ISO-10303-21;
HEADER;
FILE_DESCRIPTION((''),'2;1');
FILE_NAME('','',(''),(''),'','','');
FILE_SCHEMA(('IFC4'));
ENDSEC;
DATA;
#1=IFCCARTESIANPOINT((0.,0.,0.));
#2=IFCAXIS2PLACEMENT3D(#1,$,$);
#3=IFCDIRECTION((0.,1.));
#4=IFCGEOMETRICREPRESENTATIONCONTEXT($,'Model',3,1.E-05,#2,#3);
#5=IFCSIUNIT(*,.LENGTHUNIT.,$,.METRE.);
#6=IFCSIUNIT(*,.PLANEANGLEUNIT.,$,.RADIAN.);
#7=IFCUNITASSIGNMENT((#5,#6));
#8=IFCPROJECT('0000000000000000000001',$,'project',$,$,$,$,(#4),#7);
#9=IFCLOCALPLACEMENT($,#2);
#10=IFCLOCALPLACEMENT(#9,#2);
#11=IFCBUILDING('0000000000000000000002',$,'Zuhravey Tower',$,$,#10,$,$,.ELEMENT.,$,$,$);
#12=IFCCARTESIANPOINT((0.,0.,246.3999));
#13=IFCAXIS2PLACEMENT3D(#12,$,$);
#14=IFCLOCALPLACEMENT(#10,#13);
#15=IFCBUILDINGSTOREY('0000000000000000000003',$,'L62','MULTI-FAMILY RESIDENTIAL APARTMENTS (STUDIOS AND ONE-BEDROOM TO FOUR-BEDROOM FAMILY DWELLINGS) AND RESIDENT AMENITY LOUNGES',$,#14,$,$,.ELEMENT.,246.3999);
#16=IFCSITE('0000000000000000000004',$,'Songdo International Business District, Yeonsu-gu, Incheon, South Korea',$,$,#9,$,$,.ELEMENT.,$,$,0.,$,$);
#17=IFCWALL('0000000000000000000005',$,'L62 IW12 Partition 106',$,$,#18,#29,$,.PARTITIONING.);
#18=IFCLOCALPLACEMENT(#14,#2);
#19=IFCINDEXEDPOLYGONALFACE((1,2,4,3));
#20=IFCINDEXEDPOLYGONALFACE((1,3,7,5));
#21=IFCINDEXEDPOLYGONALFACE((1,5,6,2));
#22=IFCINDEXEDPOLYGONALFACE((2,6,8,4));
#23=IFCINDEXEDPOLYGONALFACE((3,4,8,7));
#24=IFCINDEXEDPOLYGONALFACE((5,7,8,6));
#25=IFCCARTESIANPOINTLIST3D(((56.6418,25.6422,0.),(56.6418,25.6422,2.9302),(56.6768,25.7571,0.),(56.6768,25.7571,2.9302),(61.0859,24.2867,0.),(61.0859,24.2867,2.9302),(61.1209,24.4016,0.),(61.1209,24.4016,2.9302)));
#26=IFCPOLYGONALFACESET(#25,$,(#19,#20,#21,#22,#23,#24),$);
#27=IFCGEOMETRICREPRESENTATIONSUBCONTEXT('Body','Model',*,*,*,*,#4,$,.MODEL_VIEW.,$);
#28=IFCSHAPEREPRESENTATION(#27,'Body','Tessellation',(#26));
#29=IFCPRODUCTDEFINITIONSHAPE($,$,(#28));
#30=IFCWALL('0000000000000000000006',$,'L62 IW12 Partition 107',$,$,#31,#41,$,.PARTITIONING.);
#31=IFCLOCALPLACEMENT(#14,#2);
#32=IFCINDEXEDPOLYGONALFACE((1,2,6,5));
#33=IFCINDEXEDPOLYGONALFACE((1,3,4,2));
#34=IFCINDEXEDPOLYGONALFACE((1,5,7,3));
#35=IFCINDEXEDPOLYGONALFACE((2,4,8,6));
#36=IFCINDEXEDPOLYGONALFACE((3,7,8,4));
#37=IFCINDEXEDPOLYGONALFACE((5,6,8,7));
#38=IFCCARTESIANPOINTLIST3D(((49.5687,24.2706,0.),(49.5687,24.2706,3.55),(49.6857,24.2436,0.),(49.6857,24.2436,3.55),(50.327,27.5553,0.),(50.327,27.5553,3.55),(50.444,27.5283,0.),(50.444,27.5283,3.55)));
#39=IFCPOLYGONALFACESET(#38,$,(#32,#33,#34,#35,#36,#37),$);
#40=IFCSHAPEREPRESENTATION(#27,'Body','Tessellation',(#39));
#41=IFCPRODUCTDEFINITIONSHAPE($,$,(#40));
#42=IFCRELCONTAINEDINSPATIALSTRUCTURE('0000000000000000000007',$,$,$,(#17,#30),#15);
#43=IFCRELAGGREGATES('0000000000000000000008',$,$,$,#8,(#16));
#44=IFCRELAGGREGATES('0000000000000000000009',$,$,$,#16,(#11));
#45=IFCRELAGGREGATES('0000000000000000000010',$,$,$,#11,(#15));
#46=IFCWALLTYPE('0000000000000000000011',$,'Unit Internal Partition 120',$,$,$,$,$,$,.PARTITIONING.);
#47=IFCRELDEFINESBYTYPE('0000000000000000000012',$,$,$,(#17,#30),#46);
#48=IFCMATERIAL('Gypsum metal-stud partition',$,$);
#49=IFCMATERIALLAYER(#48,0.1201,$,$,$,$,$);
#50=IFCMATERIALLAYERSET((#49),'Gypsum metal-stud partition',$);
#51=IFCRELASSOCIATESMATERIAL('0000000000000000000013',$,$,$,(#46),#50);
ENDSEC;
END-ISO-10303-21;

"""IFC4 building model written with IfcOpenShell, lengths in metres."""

from ifc_helpers import new_model, si_unit, direction, frame, frame_2d, origin, place, context, subcontext, project, spatial, rectangle, extrude, material, layer, layer_set, type_object, element, save


model = new_model("IFC4")

# Units and contexts
model_context = context("Model", 3, precision=1e-05, world=origin(), true_north=direction((0.0, 1.0)))
body_context = subcontext(model_context, "Body", "Model", "MODEL_VIEW")
ifc_project = project(units=[si_unit("LENGTHUNIT", "METRE"), si_unit("PLANEANGLEUNIT", "RADIAN")], contexts=[model_context])

# Site, building, storey
site_placement = place(None, origin())
site = spatial("IfcSite", under=ifc_project, at=site_placement, Name="Songdo International Business District, Yeonsu-gu, Incheon, South Korea", CompositionType="ELEMENT", RefElevation=0.0)
building_placement = place(site_placement, origin())
building = spatial("IfcBuilding", under=site, at=building_placement, Name="Zuhravey Tower", CompositionType="ELEMENT")
storey_placement = place(building_placement, frame((0.0, 0.0, 246.3999)))
storey = spatial("IfcBuildingStorey", under=building, at=storey_placement, Name="L62", Description="MULTI-FAMILY RESIDENTIAL APARTMENTS (STUDIOS AND ONE-BEDROOM TO FOUR-BEDROOM FAMILY DWELLINGS) AND RESIDENT AMENITY LOUNGES", CompositionType="ELEMENT", Elevation=246.3999)

# Shared definitions
ifc_material_1 = material(Name="Gypsum metal-stud partition")
ifc_layer_1 = layer(ifc_material_1, 0.1201)
ifc_layer_set_1 = layer_set([ifc_layer_1], Name="Gypsum metal-stud partition")
wall_type_1 = type_object("IfcWallType", Name="Unit Internal Partition 120", PredefinedType="PARTITIONING", material=ifc_layer_set_1)

# Walls
wall_1_placement = place(storey_placement, frame((56.6592, 25.6997, 0.0), z_axis=(0.0, 0.0, 1.0), x_axis=(0.956499, -0.291737, 0.0)))
element("IfcWall", 1, at=wall_1_placement, inside=storey, type_object=wall_type_1, Name="L62 IW12 Partition 106", PredefinedType="PARTITIONING", context=body_context, shape_type="SweptSolid", body=[
    extrude(rectangle(XDim=4.6462, YDim=0.1201, at=frame_2d((2.3232, 0.0))), origin(), (0.0, 0.0, 1.0), 2.9302),
])
wall_2_placement = place(storey_placement, frame((49.6272, 24.2571, 0.0), z_axis=(0.0, 0.0, 1.0), x_axis=(0.224944, 0.974372, 0.0)))
element("IfcWall", 2, at=wall_2_placement, inside=storey, type_object=wall_type_1, Name="L62 IW12 Partition 107", PredefinedType="PARTITIONING", context=body_context, shape_type="SweptSolid", body=[
    extrude(rectangle(XDim=3.3711, YDim=0.1201, at=frame_2d((1.6855, 0.0))), origin(), (0.0, 0.0, 1.0), 3.55),
])

save(model, "model.ifc")
